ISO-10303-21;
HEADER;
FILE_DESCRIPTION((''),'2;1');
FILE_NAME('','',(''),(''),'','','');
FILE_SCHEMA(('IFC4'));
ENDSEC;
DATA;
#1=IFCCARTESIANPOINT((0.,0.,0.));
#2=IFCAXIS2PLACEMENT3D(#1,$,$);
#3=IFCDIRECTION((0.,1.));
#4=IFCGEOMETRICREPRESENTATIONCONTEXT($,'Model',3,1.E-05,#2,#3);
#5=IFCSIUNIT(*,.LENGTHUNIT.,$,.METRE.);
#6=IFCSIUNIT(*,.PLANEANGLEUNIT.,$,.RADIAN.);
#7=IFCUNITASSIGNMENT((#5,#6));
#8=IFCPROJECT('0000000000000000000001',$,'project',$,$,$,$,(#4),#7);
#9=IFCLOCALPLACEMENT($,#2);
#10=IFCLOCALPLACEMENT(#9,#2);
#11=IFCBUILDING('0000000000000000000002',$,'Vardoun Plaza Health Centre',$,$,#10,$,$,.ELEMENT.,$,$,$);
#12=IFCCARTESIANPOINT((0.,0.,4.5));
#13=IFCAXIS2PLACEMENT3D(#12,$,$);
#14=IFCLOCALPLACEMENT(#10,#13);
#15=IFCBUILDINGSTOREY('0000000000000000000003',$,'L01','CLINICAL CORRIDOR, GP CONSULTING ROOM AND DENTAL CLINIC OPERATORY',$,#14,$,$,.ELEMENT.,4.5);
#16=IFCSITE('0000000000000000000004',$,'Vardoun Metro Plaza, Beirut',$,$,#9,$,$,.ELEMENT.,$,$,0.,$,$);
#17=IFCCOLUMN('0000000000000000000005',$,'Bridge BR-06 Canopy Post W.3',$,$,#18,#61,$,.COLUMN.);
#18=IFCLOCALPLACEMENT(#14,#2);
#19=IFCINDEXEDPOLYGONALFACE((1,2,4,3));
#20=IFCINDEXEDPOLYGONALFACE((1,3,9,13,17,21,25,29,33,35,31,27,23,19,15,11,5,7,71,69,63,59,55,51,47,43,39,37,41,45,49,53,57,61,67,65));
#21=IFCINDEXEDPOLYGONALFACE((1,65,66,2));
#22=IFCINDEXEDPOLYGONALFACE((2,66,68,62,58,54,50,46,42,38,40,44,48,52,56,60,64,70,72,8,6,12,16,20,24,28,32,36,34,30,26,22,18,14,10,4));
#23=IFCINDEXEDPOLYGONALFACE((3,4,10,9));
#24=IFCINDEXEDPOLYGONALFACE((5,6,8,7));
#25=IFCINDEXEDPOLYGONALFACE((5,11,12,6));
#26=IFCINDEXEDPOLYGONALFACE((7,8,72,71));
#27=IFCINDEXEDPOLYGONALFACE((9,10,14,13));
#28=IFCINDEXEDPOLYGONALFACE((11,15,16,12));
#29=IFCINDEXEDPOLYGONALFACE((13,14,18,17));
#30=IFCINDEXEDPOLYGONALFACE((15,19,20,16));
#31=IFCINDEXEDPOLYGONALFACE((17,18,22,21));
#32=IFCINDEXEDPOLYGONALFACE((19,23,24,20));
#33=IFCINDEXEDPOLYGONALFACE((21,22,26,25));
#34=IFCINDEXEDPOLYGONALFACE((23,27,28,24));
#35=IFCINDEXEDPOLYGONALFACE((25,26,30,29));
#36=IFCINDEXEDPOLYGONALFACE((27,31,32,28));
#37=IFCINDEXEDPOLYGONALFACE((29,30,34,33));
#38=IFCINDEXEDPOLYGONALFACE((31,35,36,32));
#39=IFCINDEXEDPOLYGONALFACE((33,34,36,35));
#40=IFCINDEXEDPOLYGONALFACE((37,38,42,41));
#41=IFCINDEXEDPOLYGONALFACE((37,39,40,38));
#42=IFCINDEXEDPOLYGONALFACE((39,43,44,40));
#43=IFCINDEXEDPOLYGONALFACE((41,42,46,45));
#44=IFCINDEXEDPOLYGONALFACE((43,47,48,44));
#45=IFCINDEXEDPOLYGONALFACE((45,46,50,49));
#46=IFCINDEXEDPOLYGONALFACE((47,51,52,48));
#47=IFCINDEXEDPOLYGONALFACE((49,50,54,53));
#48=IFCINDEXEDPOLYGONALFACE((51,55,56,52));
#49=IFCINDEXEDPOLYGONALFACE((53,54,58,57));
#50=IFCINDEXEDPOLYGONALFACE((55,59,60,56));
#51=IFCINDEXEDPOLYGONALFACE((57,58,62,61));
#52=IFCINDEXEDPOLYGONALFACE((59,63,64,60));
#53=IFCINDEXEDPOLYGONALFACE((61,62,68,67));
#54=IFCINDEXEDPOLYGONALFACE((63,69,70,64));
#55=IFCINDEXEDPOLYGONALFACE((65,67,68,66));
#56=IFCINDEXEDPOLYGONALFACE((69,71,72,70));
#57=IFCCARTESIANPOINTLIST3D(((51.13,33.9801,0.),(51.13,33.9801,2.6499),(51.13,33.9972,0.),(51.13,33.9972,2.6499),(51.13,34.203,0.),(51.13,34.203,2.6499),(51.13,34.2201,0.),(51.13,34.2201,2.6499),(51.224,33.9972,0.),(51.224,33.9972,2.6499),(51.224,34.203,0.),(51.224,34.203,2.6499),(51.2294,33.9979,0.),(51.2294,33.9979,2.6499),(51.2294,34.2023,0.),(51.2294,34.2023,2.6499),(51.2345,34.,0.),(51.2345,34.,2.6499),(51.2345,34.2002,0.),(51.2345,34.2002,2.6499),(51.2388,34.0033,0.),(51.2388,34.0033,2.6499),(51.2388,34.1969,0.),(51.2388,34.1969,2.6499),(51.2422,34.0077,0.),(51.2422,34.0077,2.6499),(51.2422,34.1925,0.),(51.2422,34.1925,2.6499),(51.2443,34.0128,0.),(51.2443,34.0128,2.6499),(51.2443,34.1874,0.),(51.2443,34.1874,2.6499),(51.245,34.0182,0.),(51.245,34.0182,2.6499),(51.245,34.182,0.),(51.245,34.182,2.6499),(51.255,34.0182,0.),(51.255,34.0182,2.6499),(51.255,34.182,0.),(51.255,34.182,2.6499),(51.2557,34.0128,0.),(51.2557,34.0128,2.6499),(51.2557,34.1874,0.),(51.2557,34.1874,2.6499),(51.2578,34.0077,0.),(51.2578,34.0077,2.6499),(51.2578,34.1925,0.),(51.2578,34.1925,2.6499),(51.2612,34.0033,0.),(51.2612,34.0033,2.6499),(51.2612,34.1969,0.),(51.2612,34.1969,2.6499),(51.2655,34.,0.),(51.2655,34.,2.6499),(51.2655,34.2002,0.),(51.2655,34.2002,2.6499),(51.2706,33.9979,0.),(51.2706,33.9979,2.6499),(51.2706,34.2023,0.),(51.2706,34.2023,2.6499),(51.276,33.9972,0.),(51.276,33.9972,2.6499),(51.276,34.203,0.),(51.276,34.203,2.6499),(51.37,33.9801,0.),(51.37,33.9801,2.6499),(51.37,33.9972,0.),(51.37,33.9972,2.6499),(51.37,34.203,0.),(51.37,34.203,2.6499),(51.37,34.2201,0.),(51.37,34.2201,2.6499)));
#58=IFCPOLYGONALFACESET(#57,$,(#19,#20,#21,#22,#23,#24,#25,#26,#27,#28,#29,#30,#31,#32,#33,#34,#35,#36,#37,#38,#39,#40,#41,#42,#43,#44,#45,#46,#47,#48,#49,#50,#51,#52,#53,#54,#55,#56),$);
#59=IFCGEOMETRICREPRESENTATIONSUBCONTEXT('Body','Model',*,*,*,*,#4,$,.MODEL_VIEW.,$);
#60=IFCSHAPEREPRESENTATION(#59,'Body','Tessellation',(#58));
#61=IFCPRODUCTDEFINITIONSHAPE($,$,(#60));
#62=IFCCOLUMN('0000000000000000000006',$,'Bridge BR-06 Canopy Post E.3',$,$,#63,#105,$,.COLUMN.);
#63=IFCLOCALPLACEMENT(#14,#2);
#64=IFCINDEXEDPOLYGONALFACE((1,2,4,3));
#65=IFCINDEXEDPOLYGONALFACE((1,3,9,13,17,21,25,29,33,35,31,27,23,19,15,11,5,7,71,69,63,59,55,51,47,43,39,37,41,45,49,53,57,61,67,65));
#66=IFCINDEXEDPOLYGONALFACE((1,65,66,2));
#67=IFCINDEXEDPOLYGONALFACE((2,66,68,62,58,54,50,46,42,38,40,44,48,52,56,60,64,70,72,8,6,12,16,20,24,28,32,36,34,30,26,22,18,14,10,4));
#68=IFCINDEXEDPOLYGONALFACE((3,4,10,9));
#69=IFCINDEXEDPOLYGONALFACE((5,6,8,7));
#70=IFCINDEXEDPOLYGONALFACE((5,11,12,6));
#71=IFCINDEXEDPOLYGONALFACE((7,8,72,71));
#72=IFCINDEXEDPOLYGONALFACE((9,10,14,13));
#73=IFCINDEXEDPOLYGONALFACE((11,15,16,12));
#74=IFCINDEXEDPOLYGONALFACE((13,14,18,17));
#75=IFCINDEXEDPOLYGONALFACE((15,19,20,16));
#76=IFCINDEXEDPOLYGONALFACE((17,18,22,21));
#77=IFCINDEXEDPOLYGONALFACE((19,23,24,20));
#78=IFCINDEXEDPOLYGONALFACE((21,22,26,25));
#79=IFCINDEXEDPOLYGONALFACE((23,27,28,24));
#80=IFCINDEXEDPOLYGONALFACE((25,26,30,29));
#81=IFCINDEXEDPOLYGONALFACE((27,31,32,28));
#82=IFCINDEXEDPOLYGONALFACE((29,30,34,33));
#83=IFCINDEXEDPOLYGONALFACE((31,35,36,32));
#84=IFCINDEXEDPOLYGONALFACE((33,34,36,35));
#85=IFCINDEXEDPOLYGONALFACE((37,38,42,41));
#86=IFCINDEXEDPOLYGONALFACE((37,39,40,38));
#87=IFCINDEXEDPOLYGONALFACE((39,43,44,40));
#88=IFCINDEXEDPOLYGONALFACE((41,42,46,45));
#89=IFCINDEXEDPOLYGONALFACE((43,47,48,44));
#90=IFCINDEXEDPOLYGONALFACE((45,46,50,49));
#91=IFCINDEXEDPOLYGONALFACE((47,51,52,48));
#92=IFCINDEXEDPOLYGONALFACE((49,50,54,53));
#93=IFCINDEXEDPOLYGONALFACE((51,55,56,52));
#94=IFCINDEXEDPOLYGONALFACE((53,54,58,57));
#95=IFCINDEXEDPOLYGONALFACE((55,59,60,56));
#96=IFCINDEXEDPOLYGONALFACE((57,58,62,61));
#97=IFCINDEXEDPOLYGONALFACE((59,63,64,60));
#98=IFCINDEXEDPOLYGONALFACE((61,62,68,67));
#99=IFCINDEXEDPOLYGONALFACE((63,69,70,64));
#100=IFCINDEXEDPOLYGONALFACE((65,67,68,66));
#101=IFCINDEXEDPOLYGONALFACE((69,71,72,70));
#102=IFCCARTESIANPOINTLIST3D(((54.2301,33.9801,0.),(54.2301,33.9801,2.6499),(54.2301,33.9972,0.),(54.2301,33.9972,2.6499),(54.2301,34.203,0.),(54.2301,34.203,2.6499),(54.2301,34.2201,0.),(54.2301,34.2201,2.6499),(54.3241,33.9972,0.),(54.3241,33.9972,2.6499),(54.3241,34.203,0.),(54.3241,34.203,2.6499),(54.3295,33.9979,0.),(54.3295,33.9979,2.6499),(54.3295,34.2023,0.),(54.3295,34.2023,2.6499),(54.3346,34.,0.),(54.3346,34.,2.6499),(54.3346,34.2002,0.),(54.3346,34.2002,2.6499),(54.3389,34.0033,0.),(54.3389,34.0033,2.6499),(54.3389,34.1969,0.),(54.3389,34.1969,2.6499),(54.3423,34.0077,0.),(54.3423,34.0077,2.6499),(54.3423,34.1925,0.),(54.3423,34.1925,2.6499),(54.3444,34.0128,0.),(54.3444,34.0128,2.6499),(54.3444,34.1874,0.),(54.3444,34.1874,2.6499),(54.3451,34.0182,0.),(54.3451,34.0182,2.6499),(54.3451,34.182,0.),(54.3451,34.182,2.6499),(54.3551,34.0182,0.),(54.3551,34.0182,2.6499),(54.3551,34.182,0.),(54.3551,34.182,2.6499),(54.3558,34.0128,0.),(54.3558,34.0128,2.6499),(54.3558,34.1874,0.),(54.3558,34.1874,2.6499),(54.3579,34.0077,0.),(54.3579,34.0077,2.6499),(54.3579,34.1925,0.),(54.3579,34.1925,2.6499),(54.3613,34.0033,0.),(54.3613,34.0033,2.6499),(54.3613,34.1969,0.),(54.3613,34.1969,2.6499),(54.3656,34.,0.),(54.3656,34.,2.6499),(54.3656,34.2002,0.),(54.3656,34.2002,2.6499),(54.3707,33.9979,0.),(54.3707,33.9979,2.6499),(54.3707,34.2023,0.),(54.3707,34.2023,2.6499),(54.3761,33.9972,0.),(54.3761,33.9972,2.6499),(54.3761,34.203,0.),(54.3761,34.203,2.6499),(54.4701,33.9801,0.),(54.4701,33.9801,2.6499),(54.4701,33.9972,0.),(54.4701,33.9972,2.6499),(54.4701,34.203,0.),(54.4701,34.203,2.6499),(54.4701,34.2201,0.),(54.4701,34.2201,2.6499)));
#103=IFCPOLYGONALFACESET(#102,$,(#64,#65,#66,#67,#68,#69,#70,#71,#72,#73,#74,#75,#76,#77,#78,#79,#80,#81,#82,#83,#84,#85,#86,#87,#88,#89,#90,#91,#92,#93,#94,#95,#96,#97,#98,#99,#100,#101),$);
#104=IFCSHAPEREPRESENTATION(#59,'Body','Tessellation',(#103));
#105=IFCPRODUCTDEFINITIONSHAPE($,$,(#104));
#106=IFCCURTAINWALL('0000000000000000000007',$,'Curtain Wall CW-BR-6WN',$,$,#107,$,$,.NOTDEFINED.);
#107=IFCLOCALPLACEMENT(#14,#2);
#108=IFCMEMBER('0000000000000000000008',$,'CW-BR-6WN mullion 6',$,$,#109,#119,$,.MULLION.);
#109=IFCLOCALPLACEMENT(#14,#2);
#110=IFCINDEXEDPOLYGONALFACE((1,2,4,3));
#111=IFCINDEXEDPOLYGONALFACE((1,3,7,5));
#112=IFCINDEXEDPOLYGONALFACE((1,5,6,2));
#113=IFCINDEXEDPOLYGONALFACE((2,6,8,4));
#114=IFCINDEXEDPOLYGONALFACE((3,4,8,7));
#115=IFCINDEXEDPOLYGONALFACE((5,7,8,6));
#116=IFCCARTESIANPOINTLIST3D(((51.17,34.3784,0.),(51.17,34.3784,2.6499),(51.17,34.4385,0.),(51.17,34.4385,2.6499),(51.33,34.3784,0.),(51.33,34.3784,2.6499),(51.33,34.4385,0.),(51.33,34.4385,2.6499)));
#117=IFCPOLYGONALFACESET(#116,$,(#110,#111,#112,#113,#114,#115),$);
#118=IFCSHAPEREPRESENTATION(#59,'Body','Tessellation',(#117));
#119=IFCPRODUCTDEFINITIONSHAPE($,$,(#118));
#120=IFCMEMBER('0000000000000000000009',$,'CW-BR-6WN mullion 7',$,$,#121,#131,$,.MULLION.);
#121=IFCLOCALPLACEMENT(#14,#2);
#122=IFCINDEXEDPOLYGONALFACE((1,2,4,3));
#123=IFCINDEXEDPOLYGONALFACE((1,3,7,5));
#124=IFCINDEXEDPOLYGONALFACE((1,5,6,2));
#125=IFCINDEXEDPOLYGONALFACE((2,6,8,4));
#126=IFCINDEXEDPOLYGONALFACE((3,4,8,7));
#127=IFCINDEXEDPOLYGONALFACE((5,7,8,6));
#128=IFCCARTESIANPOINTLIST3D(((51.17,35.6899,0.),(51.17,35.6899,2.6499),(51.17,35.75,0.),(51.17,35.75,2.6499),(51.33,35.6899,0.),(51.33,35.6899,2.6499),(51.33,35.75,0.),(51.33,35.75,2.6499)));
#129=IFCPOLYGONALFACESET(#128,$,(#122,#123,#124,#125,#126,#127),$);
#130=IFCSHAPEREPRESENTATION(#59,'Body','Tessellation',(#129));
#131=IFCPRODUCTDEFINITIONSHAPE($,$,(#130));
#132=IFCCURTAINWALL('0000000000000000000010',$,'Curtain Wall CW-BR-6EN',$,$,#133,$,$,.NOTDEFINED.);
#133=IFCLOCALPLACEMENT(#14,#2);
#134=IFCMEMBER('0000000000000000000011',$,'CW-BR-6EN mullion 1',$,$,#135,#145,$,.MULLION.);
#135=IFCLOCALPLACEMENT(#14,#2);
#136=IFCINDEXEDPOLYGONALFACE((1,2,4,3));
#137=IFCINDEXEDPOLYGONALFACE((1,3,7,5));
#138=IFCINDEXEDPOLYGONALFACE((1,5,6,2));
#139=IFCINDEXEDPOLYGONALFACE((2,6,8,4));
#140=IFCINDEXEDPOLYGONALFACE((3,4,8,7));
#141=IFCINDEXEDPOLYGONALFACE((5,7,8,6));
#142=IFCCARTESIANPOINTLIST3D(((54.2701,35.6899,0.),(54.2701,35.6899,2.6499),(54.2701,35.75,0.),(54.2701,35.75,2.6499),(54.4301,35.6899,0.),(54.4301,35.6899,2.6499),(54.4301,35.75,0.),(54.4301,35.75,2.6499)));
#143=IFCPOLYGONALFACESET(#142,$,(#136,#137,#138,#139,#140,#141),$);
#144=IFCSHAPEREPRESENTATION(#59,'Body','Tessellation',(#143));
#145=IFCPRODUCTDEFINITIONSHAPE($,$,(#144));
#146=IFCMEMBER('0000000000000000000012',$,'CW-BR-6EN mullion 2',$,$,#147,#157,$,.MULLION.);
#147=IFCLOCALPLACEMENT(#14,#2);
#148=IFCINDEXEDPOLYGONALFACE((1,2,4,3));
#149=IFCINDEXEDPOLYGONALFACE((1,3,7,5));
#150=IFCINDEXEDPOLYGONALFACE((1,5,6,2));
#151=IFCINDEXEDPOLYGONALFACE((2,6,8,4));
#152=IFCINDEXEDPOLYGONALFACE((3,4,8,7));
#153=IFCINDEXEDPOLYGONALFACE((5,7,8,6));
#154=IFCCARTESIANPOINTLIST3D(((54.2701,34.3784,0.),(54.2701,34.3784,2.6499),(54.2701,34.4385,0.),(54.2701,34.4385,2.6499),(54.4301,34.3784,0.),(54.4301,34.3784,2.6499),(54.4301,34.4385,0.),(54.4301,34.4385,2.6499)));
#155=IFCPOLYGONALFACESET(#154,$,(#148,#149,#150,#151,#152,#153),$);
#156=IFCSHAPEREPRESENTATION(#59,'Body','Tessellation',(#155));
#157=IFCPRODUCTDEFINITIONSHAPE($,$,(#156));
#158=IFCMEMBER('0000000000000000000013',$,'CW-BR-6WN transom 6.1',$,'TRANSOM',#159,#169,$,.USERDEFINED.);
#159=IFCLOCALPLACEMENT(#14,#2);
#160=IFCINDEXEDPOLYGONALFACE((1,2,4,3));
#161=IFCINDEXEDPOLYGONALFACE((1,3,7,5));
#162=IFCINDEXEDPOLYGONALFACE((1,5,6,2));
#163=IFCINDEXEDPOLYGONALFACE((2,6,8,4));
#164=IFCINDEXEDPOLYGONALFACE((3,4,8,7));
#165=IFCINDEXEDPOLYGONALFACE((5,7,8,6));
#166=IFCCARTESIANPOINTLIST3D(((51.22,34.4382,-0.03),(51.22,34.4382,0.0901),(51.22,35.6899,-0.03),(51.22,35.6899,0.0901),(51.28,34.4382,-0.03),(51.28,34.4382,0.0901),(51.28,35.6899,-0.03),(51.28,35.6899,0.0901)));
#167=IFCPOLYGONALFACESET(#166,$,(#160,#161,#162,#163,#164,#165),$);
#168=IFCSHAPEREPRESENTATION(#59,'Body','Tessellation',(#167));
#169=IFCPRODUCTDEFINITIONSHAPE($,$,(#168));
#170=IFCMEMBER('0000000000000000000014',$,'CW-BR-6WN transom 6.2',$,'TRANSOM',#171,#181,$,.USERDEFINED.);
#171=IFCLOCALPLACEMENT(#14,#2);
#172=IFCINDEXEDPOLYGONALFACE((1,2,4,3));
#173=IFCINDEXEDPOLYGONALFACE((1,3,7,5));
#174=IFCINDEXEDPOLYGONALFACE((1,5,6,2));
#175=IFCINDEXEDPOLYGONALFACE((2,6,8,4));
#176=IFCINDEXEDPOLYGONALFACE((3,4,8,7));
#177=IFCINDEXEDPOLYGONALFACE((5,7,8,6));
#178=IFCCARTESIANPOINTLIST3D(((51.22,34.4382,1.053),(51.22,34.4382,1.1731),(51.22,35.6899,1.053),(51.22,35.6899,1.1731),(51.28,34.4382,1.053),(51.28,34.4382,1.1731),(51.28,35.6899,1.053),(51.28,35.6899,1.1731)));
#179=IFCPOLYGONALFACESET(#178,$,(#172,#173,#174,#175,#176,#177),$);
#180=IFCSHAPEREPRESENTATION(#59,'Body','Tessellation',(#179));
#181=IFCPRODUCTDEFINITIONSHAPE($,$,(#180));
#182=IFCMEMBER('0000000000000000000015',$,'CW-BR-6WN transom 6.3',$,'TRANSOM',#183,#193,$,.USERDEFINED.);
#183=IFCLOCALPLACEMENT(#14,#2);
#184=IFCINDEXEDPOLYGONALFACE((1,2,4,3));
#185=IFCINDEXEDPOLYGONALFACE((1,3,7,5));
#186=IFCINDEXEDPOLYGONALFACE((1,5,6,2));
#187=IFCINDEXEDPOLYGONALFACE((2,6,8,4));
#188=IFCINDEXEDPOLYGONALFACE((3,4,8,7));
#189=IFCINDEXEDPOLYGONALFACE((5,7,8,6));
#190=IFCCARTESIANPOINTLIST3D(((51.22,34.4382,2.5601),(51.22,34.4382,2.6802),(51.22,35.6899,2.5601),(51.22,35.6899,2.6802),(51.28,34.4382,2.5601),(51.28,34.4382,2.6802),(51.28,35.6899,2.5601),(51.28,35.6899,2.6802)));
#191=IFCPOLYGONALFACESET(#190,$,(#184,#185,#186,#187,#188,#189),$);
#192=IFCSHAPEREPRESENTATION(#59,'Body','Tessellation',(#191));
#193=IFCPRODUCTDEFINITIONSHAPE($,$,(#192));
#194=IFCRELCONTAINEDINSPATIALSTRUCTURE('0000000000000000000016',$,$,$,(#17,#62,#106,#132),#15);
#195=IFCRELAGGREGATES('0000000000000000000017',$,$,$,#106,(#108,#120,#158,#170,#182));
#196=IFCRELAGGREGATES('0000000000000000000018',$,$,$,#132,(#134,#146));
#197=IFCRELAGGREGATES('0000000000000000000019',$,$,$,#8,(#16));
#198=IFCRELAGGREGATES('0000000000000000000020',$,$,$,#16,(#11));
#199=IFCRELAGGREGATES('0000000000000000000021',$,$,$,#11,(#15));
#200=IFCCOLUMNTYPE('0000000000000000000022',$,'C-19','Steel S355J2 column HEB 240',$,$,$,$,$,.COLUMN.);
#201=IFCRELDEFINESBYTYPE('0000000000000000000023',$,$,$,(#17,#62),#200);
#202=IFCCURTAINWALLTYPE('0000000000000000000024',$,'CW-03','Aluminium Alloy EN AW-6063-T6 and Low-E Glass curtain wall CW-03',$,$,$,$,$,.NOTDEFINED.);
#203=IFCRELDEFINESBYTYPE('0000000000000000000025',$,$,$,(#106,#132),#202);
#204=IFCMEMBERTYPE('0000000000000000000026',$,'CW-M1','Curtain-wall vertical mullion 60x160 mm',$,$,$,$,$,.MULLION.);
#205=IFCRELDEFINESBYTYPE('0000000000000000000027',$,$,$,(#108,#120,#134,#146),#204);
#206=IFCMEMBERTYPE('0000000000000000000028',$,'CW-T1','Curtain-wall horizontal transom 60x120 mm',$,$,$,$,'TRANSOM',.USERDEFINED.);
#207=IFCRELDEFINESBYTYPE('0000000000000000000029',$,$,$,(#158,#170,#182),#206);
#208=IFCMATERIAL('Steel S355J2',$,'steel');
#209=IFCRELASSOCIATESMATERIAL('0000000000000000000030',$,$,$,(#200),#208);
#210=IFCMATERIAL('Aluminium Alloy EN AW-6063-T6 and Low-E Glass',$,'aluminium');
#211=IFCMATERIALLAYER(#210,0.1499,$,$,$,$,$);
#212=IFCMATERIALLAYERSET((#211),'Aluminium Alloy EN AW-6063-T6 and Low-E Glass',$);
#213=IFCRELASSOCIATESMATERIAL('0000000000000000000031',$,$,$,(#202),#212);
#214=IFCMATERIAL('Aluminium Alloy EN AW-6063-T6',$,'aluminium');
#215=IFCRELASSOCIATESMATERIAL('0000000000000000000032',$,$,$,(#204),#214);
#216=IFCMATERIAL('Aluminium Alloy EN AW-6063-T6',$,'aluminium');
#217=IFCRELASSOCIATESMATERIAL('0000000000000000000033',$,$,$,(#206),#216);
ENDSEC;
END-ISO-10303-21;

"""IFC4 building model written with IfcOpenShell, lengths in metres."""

from ifc_helpers import new_model, si_unit, direction, frame, origin, origin_2d, place, context, subcontext, project, spatial, rectangle, i_section, extrude, material, layer, layer_set, material_profile, profile_set, type_object, element, aggregate, save


model = new_model("IFC4")

# Units and contexts
model_context = context("Model", 3, precision=1e-05, world=origin(), true_north=direction((0.0, 1.0)))
body_context = subcontext(model_context, "Body", "Model", "MODEL_VIEW")
ifc_project = project(units=[si_unit("LENGTHUNIT", "METRE"), si_unit("PLANEANGLEUNIT", "RADIAN")], contexts=[model_context])

# Site, building, storey
site_placement = place(None, origin())
site = spatial("IfcSite", under=ifc_project, at=site_placement, Name="Vardoun Metro Plaza, Beirut", CompositionType="ELEMENT", RefElevation=0.0)
building_placement = place(site_placement, origin())
building = spatial("IfcBuilding", under=site, at=building_placement, Name="Vardoun Plaza Health Centre", CompositionType="ELEMENT")
storey_placement = place(building_placement, frame((0.0, 0.0, 4.5)))
storey = spatial("IfcBuildingStorey", under=building, at=storey_placement, Name="L01", Description="CLINICAL CORRIDOR, GP CONSULTING ROOM AND DENTAL CLINIC OPERATORY", CompositionType="ELEMENT", Elevation=4.5)

# Columns
ifc_material_1 = material(Name="Steel S355J2", Category="steel")
ifc_material_profile_1 = material_profile(ifc_material_1, i_section(OverallWidth=0.24, OverallDepth=0.24, WebThickness=0.01, FlangeThickness=0.0171, FilletRadius=0.021, at=origin_2d()), Name="HEB 240")
ifc_profile_set_1 = profile_set([ifc_material_profile_1], Name="Steel S355J2")
column_type = type_object("IfcColumnType", Name="C-19", Description="Steel S355J2 column HEB 240", PredefinedType="COLUMN", material=ifc_profile_set_1)
for number, where, z_axis, x_axis, name in (
    (1, (51.25, 34.1001, 0.0), (0.0, 0.0, 1.0), (1.0, 0.0, 0.0), "Bridge BR-06 Canopy Post W.3"),
    (2, (54.3501, 34.1001, 0.0), (0.0, 0.0, 1.0), (1.0, 0.0, 0.0), "Bridge BR-06 Canopy Post E.3"),
):
    element("IfcColumn", number, at=place(storey_placement, frame(where, z_axis=z_axis, x_axis=x_axis)), inside=storey, type_object=column_type, Name=name, PredefinedType="COLUMN", context=body_context, shape_type="SweptSolid", body=[
        extrude(i_section(OverallWidth=0.24, OverallDepth=0.24, WebThickness=0.01, FlangeThickness=0.0171, FilletRadius=0.021, at=origin_2d()), origin(), (0.0, 0.0, 1.0), 2.6499),
    ])

# Curtain walls, members
ifc_material_2 = material(Name="Aluminium Alloy EN AW-6063-T6 and Low-E Glass", Category="aluminium")
ifc_layer_1 = layer(ifc_material_2, 0.1499)
ifc_layer_set_1 = layer_set([ifc_layer_1], Name="Aluminium Alloy EN AW-6063-T6 and Low-E Glass")
curtain_wall_type = type_object("IfcCurtainWallType", Name="CW-03", Description="Aluminium Alloy EN AW-6063-T6 and Low-E Glass curtain wall CW-03", PredefinedType="NOTDEFINED", material=ifc_layer_set_1)
curtain_wall_1_placement = place(storey_placement, origin())
curtain_wall_1 = element("IfcCurtainWall", 3, at=curtain_wall_1_placement, inside=storey, type_object=curtain_wall_type, Name="Curtain Wall CW-BR-6WN", PredefinedType="NOTDEFINED")
ifc_material_3 = material(Name="Aluminium Alloy EN AW-6063-T6", Category="aluminium")
ifc_material_profile_2 = material_profile(ifc_material_3, rectangle(XDim=0.1599, YDim=0.0601, at=origin_2d()), Name="CWM 60x160")
ifc_profile_set_2 = profile_set([ifc_material_profile_2], Name="Aluminium Alloy EN AW-6063-T6")
member_type_1 = type_object("IfcMemberType", Name="CW-M1", Description="Curtain-wall vertical mullion 60x160 mm", PredefinedType="MULLION", material=ifc_profile_set_2)
member_1_placement = place(storey_placement, frame((51.25, 34.4084, 0.0), z_axis=(0.0, 0.0, 1.0), x_axis=(-1.0, 0.0, 0.0)))
member_1 = element("IfcMember", 4, at=member_1_placement, type_object=member_type_1, Name="CW-BR-6WN mullion 6", PredefinedType="MULLION", context=body_context, shape_type="SweptSolid", body=[
    extrude(rectangle(XDim=0.1599, YDim=0.0601, at=origin_2d()), origin(), (0.0, 0.0, 1.0), 2.6499),
])
member_2_placement = place(storey_placement, frame((51.25, 35.72, 0.0), z_axis=(0.0, 0.0, 1.0), x_axis=(-1.0, 0.0, 0.0)))
member_2 = element("IfcMember", 5, at=member_2_placement, type_object=member_type_1, Name="CW-BR-6WN mullion 7", PredefinedType="MULLION", context=body_context, shape_type="SweptSolid", body=[
    extrude(rectangle(XDim=0.1599, YDim=0.0601, at=origin_2d()), origin(), (0.0, 0.0, 1.0), 2.6499),
])
curtain_wall_2_placement = place(storey_placement, origin())
curtain_wall_2 = element("IfcCurtainWall", 6, at=curtain_wall_2_placement, inside=storey, type_object=curtain_wall_type, Name="Curtain Wall CW-BR-6EN", PredefinedType="NOTDEFINED")
member_3_placement = place(storey_placement, frame((54.3501, 35.72, 0.0), z_axis=(0.0, 0.0, 1.0), x_axis=(1.0, 0.0, 0.0)))
member_3 = element("IfcMember", 7, at=member_3_placement, type_object=member_type_1, Name="CW-BR-6EN mullion 1", PredefinedType="MULLION", context=body_context, shape_type="SweptSolid", body=[
    extrude(rectangle(XDim=0.1599, YDim=0.0601, at=origin_2d()), origin(), (0.0, 0.0, 1.0), 2.6499),
])
member_4_placement = place(storey_placement, frame((54.3501, 34.4084, 0.0), z_axis=(0.0, 0.0, 1.0), x_axis=(1.0, 0.0, 0.0)))
member_4 = element("IfcMember", 8, at=member_4_placement, type_object=member_type_1, Name="CW-BR-6EN mullion 2", PredefinedType="MULLION", context=body_context, shape_type="SweptSolid", body=[
    extrude(rectangle(XDim=0.1599, YDim=0.0601, at=origin_2d()), origin(), (0.0, 0.0, 1.0), 2.6499),
])

# Members
ifc_material_4 = material(Name="Aluminium Alloy EN AW-6063-T6", Category="aluminium")
ifc_material_profile_3 = material_profile(ifc_material_4, rectangle(XDim=0.0601, YDim=0.1201, at=origin_2d()), Name="CWT 60x120")
ifc_profile_set_3 = profile_set([ifc_material_profile_3], Name="Aluminium Alloy EN AW-6063-T6")
member_type_2 = type_object("IfcMemberType", Name="CW-T1", Description="Curtain-wall horizontal transom 60x120 mm", ElementType="TRANSOM", PredefinedType="USERDEFINED", material=ifc_profile_set_3)
member_5_placement = place(storey_placement, frame((51.25, 34.4382, 0.03), z_axis=(0.0, 1.0, 0.0), x_axis=(-1.0, 0.0, 0.0)))
member_5 = element("IfcMember", 9, at=member_5_placement, type_object=member_type_2, Name="CW-BR-6WN transom 6.1", ObjectType="TRANSOM", PredefinedType="USERDEFINED", context=body_context, shape_type="SweptSolid", body=[
    extrude(rectangle(XDim=0.0601, YDim=0.1201, at=origin_2d()), origin(), (0.0, 0.0, 1.0), 1.2517),
])
member_6_placement = place(storey_placement, frame((51.25, 34.4382, 1.113), z_axis=(0.0, 1.0, 0.0), x_axis=(-1.0, 0.0, 0.0)))
member_6 = element("IfcMember", 10, at=member_6_placement, type_object=member_type_2, Name="CW-BR-6WN transom 6.2", ObjectType="TRANSOM", PredefinedType="USERDEFINED", context=body_context, shape_type="SweptSolid", body=[
    extrude(rectangle(XDim=0.0601, YDim=0.1201, at=origin_2d()), origin(), (0.0, 0.0, 1.0), 1.2517),
])
member_7_placement = place(storey_placement, frame((51.25, 34.4382, 2.6201), z_axis=(0.0, 1.0, 0.0), x_axis=(-1.0, 0.0, 0.0)))
member_7 = element("IfcMember", 11, at=member_7_placement, type_object=member_type_2, Name="CW-BR-6WN transom 6.3", ObjectType="TRANSOM", PredefinedType="USERDEFINED", context=body_context, shape_type="SweptSolid", body=[
    extrude(rectangle(XDim=0.0601, YDim=0.1201, at=origin_2d()), origin(), (0.0, 0.0, 1.0), 1.2517),
])

aggregate(curtain_wall_1, [member_1, member_2, member_5, member_6, member_7])
aggregate(curtain_wall_2, [member_3, member_4])

save(model, "model.ifc")
